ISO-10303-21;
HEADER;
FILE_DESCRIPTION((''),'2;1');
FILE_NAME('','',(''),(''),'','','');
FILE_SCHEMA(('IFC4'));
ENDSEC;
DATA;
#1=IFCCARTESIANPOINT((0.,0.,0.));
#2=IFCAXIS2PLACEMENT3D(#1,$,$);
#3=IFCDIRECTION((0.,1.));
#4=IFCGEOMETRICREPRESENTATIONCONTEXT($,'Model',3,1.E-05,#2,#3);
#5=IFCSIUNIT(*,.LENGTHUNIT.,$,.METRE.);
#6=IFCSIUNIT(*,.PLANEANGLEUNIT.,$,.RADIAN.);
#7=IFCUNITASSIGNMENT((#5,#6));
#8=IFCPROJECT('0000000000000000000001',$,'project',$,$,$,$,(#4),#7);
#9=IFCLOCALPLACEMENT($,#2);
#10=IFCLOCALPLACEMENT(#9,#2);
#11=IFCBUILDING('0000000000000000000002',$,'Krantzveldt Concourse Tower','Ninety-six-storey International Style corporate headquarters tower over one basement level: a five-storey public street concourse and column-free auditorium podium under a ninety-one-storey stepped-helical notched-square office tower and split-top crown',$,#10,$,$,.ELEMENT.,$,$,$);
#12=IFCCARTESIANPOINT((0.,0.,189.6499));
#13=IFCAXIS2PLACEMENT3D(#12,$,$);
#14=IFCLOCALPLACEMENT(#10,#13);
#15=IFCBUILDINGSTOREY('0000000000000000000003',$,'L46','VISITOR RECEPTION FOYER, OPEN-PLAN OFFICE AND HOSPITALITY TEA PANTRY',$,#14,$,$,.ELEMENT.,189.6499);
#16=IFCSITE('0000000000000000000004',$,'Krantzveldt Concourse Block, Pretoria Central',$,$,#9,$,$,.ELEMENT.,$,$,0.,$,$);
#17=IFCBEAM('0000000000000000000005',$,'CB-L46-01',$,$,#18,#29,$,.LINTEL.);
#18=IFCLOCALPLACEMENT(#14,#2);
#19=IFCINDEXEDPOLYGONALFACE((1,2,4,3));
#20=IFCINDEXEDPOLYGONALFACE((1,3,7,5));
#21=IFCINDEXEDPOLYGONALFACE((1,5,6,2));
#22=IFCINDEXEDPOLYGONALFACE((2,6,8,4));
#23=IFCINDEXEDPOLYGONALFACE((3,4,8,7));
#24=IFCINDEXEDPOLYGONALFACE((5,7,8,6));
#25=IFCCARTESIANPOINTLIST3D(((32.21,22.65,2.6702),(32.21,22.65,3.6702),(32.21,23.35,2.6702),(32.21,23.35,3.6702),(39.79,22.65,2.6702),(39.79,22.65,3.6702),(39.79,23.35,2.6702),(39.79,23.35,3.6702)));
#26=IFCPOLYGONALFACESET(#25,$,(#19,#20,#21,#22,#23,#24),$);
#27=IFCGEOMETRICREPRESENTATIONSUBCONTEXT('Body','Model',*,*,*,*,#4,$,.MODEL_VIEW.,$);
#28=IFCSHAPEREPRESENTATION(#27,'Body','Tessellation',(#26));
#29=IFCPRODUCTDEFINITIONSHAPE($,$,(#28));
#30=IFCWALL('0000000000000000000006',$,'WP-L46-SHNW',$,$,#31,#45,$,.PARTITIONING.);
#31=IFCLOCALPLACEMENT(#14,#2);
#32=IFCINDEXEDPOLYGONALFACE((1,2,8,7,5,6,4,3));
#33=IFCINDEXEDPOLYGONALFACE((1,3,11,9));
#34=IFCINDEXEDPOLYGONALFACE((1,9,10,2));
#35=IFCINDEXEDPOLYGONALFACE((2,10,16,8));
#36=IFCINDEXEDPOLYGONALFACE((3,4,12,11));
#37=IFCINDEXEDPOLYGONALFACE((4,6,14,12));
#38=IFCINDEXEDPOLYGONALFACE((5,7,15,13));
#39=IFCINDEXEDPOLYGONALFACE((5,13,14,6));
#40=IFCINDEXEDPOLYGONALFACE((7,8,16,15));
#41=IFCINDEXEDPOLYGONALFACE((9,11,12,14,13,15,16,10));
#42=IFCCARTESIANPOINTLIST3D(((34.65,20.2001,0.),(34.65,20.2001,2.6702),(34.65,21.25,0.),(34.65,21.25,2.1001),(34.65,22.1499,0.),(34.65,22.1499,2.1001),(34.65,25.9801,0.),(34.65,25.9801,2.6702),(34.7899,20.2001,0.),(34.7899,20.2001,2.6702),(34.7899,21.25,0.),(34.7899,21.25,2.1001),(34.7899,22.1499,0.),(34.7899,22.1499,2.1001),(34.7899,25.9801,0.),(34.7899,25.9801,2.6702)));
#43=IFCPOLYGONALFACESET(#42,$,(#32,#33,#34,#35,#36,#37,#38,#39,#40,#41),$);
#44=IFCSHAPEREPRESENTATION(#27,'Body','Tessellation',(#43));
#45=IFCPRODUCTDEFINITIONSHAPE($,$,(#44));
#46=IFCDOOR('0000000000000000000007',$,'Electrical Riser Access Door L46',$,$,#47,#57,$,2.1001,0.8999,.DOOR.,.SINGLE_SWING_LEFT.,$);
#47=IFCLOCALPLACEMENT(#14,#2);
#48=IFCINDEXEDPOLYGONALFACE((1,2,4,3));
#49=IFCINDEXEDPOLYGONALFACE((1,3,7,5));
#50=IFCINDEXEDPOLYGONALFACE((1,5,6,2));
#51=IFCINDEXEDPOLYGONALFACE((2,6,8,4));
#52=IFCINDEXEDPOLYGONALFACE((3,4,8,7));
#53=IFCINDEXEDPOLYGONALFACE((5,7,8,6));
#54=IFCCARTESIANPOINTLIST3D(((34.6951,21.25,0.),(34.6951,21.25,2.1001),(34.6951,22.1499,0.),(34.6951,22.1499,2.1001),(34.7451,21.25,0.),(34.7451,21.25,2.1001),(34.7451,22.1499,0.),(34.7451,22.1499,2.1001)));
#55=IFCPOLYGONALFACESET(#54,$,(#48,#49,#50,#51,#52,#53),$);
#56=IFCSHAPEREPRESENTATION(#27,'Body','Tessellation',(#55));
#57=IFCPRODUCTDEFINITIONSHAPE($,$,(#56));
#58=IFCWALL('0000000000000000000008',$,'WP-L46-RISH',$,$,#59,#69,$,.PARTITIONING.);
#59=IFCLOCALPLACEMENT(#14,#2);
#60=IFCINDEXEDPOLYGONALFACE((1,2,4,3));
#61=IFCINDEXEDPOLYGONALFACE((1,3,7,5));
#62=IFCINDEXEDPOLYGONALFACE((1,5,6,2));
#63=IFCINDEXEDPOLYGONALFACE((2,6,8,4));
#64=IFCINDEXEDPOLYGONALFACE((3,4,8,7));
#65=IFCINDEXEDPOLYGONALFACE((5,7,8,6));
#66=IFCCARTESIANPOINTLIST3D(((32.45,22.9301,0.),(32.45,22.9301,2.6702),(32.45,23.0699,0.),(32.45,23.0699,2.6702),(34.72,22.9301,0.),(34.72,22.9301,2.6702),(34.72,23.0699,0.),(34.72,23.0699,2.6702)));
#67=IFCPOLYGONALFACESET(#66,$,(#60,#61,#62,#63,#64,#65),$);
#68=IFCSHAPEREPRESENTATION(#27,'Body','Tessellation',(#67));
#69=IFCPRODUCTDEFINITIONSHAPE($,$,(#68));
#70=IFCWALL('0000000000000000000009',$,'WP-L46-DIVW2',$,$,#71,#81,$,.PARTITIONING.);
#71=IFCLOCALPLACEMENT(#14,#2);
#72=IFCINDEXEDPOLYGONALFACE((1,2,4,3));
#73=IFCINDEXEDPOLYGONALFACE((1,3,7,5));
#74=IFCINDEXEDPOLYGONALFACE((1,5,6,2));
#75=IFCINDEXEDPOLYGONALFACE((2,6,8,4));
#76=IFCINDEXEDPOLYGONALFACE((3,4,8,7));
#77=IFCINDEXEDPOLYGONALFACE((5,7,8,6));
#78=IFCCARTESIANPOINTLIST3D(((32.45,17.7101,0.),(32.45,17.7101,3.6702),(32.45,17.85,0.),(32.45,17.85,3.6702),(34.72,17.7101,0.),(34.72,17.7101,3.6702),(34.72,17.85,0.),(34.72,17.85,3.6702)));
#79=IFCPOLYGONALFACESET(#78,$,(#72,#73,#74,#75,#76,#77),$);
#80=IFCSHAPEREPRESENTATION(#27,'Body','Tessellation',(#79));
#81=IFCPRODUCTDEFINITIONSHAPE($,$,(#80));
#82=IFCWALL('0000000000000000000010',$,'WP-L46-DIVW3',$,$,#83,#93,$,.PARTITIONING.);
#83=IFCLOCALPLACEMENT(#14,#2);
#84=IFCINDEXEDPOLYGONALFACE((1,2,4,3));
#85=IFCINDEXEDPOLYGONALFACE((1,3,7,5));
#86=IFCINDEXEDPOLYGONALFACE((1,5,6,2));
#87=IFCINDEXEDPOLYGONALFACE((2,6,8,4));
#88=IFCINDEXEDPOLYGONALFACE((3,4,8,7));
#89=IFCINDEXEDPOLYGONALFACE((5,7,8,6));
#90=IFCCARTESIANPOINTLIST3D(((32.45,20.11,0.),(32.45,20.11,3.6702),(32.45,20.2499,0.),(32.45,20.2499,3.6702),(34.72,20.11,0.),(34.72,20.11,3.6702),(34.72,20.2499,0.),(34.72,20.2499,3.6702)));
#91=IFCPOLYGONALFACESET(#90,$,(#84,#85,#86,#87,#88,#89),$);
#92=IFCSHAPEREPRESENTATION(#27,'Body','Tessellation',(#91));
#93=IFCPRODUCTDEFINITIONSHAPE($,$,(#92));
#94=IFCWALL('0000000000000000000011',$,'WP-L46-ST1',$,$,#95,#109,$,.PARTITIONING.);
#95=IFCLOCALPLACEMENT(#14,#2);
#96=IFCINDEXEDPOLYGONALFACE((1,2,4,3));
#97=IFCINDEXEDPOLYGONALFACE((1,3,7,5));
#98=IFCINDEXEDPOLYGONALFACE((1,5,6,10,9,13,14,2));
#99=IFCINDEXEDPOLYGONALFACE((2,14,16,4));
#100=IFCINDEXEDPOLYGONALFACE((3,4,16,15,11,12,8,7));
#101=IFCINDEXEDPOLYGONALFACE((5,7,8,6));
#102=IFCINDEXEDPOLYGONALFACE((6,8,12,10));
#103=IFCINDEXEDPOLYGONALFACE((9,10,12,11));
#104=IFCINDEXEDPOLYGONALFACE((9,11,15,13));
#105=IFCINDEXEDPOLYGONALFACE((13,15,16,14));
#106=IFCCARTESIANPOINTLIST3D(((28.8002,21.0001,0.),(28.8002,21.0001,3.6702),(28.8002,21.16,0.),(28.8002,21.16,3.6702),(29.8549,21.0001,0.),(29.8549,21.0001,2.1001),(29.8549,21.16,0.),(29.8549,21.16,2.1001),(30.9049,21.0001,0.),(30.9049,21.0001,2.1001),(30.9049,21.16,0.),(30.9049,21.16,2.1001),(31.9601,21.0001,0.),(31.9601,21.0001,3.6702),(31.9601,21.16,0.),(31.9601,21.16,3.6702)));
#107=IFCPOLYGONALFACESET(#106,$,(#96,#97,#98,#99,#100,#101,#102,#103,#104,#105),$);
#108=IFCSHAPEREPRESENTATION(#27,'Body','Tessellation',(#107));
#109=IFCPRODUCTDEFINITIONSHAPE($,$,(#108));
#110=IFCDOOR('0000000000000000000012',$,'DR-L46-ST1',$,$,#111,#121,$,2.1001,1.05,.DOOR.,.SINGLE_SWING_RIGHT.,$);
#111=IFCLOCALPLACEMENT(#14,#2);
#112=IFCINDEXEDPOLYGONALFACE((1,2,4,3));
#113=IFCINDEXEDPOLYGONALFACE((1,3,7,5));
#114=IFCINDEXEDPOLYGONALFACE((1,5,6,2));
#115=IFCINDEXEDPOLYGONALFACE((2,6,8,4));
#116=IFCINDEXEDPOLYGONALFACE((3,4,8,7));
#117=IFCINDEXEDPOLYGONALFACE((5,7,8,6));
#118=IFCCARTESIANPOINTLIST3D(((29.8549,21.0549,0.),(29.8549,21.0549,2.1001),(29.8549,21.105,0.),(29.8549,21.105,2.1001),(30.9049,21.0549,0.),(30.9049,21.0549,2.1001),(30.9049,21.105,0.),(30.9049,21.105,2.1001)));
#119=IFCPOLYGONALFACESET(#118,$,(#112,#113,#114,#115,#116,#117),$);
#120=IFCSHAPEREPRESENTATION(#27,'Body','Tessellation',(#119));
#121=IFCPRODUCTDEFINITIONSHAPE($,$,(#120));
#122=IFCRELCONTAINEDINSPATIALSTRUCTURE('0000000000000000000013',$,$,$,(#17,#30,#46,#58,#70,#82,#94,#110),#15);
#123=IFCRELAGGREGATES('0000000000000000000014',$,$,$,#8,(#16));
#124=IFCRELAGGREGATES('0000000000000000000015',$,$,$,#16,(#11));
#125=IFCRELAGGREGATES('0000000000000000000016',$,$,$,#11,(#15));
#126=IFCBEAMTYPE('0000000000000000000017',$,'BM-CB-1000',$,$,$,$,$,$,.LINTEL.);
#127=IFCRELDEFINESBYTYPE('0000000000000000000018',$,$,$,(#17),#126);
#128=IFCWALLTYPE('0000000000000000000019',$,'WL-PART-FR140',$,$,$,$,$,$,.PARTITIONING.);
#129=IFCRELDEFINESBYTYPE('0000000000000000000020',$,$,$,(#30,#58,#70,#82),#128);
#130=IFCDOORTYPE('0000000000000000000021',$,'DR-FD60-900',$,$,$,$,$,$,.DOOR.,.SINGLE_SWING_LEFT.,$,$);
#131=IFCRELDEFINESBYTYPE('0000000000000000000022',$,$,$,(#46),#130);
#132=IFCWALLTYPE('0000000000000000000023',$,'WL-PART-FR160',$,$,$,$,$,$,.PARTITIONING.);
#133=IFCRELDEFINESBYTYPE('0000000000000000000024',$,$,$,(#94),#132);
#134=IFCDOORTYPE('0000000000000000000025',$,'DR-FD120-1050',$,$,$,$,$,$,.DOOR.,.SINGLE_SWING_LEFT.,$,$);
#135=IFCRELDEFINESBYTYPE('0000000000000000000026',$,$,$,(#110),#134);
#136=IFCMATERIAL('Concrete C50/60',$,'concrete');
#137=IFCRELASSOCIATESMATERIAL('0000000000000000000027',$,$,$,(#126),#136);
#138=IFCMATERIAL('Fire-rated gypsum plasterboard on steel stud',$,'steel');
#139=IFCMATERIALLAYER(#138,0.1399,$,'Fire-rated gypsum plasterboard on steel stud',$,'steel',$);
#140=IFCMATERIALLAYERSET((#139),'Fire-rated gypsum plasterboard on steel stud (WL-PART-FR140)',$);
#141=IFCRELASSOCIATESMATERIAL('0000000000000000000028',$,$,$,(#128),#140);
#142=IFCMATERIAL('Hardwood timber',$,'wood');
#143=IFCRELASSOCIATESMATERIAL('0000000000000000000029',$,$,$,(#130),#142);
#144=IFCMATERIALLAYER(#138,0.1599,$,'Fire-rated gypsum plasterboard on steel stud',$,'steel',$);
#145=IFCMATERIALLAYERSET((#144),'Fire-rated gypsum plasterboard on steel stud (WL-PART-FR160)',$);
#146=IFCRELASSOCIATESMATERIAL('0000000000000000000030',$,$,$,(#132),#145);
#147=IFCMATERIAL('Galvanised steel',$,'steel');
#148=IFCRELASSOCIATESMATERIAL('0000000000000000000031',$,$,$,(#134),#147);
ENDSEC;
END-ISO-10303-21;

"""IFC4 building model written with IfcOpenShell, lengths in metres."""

from ifc_helpers import new_model, si_unit, direction, frame, frame_2d, origin, origin_2d, place, context, subcontext, project, spatial, rectangle, extrude, source, transform, mapped, material, layer, layer_set, material_profile, profile_set, type_object, type_shapes, element, fill, save


model = new_model("IFC4")

# Units and contexts
model_context = context("Model", 3, precision=1e-05, world=origin(), true_north=direction((0.0, 1.0)))
body_context = subcontext(model_context, "Body", "Model", "MODEL_VIEW")
ifc_project = project(units=[si_unit("LENGTHUNIT", "METRE"), si_unit("PLANEANGLEUNIT", "RADIAN")], contexts=[model_context])

# Site, building, storey
site_placement = place(None, origin())
site = spatial("IfcSite", under=ifc_project, at=site_placement, Name="Krantzveldt Concourse Block, Pretoria Central", CompositionType="ELEMENT", RefElevation=0.0)
building_placement = place(site_placement, origin())
building = spatial("IfcBuilding", under=site, at=building_placement, Name="Krantzveldt Concourse Tower", Description="Ninety-six-storey International Style corporate headquarters tower over one basement level: a five-storey public street concourse and column-free auditorium podium under a ninety-one-storey stepped-helical notched-square office tower and split-top crown", CompositionType="ELEMENT")
storey_placement = place(building_placement, frame((0.0, 0.0, 189.6499)))
storey = spatial("IfcBuildingStorey", under=building, at=storey_placement, Name="L46", Description="VISITOR RECEPTION FOYER, OPEN-PLAN OFFICE AND HOSPITALITY TEA PANTRY", CompositionType="ELEMENT", Elevation=189.6499)

# Beam
ifc_material_1 = material(Name="Concrete C50/60", Category="concrete")
ifc_material_profile = material_profile(ifc_material_1, rectangle(XDim=0.7, YDim=1.0, at=origin_2d()), Name="Concrete C50/60", Category="concrete")
ifc_profile_set = profile_set([ifc_material_profile], Name="Concrete C50/60 - RC-CB 700x1000")
beam_type = type_object("IfcBeamType", Name="BM-CB-1000", PredefinedType="LINTEL", material=ifc_profile_set)
shared_shape = source(origin(), body_context, "Body", "SweptSolid", [
    extrude(rectangle(XDim=0.7, YDim=1.0, at=origin_2d()), origin(), (0.0, 0.0, 1.0), 7.5801),
])
type_shapes(beam_type, [shared_shape])
beam_placement = place(storey_placement, frame((32.21, 23.0, 3.1702), z_axis=(1.0, 0.0, 0.0), x_axis=(0.0, 1.0, 0.0)))
element("IfcBeam", 1, at=beam_placement, inside=storey, type_object=beam_type, Name="CB-L46-01", PredefinedType="LINTEL", context=body_context, shape_type="MappedRepresentation", body=[
    mapped(shared_shape, transform((0.0, 0.0, 0.0), x_axis=(1.0, 0.0, 0.0), y_axis=(0.0, 1.0, 0.0), z_axis=(0.0, 0.0, 1.0), scale=1.0)),
])

# Wall, opening, door
ifc_material_2 = material(Name="Fire-rated gypsum plasterboard on steel stud", Category="steel")
ifc_layer_1 = layer(ifc_material_2, 0.1399, Name="Fire-rated gypsum plasterboard on steel stud", Category="steel")
ifc_layer_set_1 = layer_set([ifc_layer_1], Name="Fire-rated gypsum plasterboard on steel stud (WL-PART-FR140)")
wall_type_1 = type_object("IfcWallType", Name="WL-PART-FR140", PredefinedType="PARTITIONING", material=ifc_layer_set_1)
wall_1_placement = place(storey_placement, frame((34.72, 20.2, 0.0), z_axis=(0.0, 0.0, 1.0), x_axis=(0.0, 1.0, 0.0)))
wall_1 = element("IfcWall", 2, at=wall_1_placement, inside=storey, type_object=wall_type_1, Name="WP-L46-SHNW", PredefinedType="PARTITIONING", context=body_context, shape_type="SweptSolid", body=[
    extrude(rectangle(XDim=5.78, YDim=0.1399, at=frame_2d((2.8901, 0.0))), origin(), (0.0, 0.0, 1.0), 2.6702),
])
opening_1_placement = place(wall_1_placement, frame((1.05, 0.0, 0.0)))
opening_1 = element("IfcOpeningElement", 3, at=opening_1_placement, cuts=wall_1, PredefinedType="OPENING", context=body_context, shape_type="SweptSolid", body=[
    extrude(rectangle(XDim=0.8999, YDim=2.1001, at=frame_2d((0.45, 1.05))), frame((0.0, 0.0801, 0.0), z_axis=(0.0, -1.0, 0.0), x_axis=(1.0, 0.0, 0.0)), (0.0, 0.0, 1.0), 0.1599),
])
ifc_material_3 = material(Name="Hardwood timber", Category="wood")
door_type_1 = type_object("IfcDoorType", Name="DR-FD60-900", OperationType="SINGLE_SWING_LEFT", PredefinedType="DOOR", material=ifc_material_3)
door_1_placement = place(opening_1_placement, origin())
door_1 = element("IfcDoor", 4, at=door_1_placement, inside=storey, type_object=door_type_1, Name="Electrical Riser Access Door L46", OperationType="SINGLE_SWING_LEFT", OverallHeight=2.1001, OverallWidth=0.8999, PredefinedType="DOOR", context=body_context, shape_type="SweptSolid", body=[
    extrude(rectangle(XDim=0.8999, YDim=2.1001, at=frame_2d((0.45, 1.05))), frame((0.0, 0.0249, 0.0), z_axis=(0.0, -1.0, 0.0), x_axis=(1.0, 0.0, 0.0)), (0.0, 0.0, 1.0), 0.05),
])
fill(opening_1, door_1)

# Walls
wall_2_placement = place(storey_placement, frame((32.45, 23.0, 0.0), z_axis=(0.0, 0.0, 1.0), x_axis=(1.0, 0.0, 0.0)))
element("IfcWall", 5, at=wall_2_placement, inside=storey, type_object=wall_type_1, Name="WP-L46-RISH", PredefinedType="PARTITIONING", context=body_context, shape_type="SweptSolid", body=[
    extrude(rectangle(XDim=2.27, YDim=0.1399, at=frame_2d((1.135, 0.0))), origin(), (0.0, 0.0, 1.0), 2.6702),
])
for number, where, z_axis, x_axis, name in (
    (6, (32.45, 17.78, 0.0), (0.0, 0.0, 1.0), (1.0, 0.0, 0.0), "WP-L46-DIVW2"),
    (7, (32.45, 20.1799, 0.0), (0.0, 0.0, 1.0), (1.0, 0.0, 0.0), "WP-L46-DIVW3"),
):
    element("IfcWall", number, at=place(storey_placement, frame(where, z_axis=z_axis, x_axis=x_axis)), inside=storey, type_object=wall_type_1, Name=name, PredefinedType="PARTITIONING", context=body_context, shape_type="SweptSolid", body=[
        extrude(rectangle(XDim=2.27, YDim=0.1399, at=frame_2d((1.135, 0.0))), origin(), (0.0, 0.0, 1.0), 3.6702),
    ])

# Wall, opening, door
ifc_layer_2 = layer(ifc_material_2, 0.1599, Name="Fire-rated gypsum plasterboard on steel stud", Category="steel")
ifc_layer_set_2 = layer_set([ifc_layer_2], Name="Fire-rated gypsum plasterboard on steel stud (WL-PART-FR160)")
wall_type_2 = type_object("IfcWallType", Name="WL-PART-FR160", PredefinedType="PARTITIONING", material=ifc_layer_set_2)
wall_3_placement = place(storey_placement, frame((28.8, 21.0801, 0.0), z_axis=(0.0, 0.0, 1.0), x_axis=(1.0, 0.0, 0.0)))
wall_3 = element("IfcWall", 8, at=wall_3_placement, inside=storey, type_object=wall_type_2, Name="WP-L46-ST1", PredefinedType="PARTITIONING", context=body_context, shape_type="SweptSolid", body=[
    extrude(rectangle(XDim=3.1599, YDim=0.1599, at=frame_2d((1.5801, 0.0))), origin(), (0.0, 0.0, 1.0), 3.6702),
])
opening_2_placement = place(wall_3_placement, frame((1.0549, 0.0, 0.0)))
opening_2 = element("IfcOpeningElement", 9, at=opening_2_placement, cuts=wall_3, PredefinedType="OPENING", context=body_context, shape_type="SweptSolid", body=[
    extrude(rectangle(XDim=1.05, YDim=2.1001, at=frame_2d((0.5249, 1.05))), frame((0.0, 0.0898, 0.0), z_axis=(0.0, -1.0, 0.0), x_axis=(1.0, 0.0, 0.0)), (0.0, 0.0, 1.0), 0.1799),
])
ifc_material_4 = material(Name="Galvanised steel", Category="steel")
door_type_2 = type_object("IfcDoorType", Name="DR-FD120-1050", OperationType="SINGLE_SWING_LEFT", PredefinedType="DOOR", material=ifc_material_4)
door_2_placement = place(opening_2_placement, origin())
door_2 = element("IfcDoor", 10, at=door_2_placement, inside=storey, type_object=door_type_2, Name="DR-L46-ST1", OperationType="SINGLE_SWING_RIGHT", OverallHeight=2.1001, OverallWidth=1.05, PredefinedType="DOOR", context=body_context, shape_type="SweptSolid", body=[
    extrude(rectangle(XDim=1.05, YDim=2.1001, at=frame_2d((0.5249, 1.05))), frame((0.0, 0.0249, 0.0), z_axis=(0.0, -1.0, 0.0), x_axis=(1.0, 0.0, 0.0)), (0.0, 0.0, 1.0), 0.05),
])
fill(opening_2, door_2)

save(model, "model.ifc")
